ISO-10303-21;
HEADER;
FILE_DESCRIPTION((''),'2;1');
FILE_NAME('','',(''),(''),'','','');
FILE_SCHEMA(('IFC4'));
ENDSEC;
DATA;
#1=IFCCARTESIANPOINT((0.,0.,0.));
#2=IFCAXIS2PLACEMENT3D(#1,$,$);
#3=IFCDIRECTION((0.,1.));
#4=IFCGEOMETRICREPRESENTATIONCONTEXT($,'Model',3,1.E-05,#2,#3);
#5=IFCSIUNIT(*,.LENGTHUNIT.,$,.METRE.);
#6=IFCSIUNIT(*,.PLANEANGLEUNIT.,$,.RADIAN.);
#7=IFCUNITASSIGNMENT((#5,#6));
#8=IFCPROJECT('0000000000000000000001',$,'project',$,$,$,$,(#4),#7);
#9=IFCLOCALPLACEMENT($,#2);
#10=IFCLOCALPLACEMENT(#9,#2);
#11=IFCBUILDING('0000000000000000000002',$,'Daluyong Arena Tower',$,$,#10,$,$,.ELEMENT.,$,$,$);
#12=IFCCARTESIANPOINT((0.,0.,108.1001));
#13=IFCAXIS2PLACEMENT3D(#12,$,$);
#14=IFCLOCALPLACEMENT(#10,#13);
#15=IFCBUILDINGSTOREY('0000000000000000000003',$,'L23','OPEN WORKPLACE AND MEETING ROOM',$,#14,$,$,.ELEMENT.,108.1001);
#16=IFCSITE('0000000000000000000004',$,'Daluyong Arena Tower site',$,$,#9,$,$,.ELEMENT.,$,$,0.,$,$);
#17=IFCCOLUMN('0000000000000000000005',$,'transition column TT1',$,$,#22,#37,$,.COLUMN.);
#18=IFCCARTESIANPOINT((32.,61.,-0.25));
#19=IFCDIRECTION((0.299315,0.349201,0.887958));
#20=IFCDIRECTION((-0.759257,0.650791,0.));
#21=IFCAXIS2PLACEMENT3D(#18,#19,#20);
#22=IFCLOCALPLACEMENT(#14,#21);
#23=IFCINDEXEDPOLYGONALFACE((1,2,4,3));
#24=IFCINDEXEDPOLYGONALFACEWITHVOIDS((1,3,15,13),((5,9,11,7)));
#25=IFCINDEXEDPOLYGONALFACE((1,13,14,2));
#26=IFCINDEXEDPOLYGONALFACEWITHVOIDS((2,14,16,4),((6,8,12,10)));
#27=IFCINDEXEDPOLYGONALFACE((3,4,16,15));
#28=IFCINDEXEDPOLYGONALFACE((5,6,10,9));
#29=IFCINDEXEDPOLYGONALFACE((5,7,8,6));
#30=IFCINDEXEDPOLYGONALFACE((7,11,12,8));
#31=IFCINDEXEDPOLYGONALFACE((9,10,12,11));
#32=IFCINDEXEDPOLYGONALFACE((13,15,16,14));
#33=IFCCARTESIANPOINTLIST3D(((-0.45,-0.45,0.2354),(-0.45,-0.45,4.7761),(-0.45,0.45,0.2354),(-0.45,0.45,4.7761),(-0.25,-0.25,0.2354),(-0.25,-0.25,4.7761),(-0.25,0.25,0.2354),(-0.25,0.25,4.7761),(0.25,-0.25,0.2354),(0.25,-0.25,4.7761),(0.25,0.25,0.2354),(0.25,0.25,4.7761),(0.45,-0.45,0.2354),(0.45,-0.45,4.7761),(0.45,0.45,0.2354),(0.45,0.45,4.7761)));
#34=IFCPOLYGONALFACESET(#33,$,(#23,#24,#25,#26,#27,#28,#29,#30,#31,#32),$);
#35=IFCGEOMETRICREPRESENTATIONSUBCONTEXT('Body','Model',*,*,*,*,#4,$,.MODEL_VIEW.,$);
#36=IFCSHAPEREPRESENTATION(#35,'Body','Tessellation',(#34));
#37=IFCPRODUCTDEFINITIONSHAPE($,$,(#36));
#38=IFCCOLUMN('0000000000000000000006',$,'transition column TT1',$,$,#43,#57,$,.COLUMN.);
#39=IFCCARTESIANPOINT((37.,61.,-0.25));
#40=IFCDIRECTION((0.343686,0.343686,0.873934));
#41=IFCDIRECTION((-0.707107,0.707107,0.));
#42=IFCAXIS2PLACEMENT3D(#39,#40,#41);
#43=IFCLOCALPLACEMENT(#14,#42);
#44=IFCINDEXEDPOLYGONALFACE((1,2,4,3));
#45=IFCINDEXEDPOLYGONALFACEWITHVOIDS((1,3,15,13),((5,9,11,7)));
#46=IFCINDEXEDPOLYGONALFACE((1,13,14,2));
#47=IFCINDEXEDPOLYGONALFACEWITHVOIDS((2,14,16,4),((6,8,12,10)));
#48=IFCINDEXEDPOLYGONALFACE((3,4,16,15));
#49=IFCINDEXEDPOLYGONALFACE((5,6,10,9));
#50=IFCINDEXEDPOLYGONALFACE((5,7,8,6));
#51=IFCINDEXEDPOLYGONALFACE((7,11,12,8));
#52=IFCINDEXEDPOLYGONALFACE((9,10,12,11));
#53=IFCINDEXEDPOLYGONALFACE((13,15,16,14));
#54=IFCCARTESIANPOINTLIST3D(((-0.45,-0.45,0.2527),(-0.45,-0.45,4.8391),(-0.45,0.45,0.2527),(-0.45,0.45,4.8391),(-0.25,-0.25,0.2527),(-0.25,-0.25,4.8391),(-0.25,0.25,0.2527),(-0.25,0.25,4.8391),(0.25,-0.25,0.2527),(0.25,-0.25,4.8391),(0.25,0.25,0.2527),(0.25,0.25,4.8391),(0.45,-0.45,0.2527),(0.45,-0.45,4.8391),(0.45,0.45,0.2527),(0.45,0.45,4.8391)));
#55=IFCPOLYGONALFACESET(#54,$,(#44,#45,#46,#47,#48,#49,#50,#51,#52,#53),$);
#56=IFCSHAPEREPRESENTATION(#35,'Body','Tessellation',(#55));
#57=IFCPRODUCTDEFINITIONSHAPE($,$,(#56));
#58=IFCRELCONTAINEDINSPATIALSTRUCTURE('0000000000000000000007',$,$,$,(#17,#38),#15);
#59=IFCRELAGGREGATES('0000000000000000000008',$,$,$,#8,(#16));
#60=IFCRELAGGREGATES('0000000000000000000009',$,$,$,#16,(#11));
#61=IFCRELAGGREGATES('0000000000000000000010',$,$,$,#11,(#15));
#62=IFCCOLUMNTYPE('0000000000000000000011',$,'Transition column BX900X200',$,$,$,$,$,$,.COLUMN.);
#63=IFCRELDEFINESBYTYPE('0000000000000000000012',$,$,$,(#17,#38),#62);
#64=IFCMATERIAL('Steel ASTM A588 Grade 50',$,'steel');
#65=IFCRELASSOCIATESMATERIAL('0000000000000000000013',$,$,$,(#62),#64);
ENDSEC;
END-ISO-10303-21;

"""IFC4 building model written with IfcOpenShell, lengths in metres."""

from ifc_helpers import new_model, si_unit, direction, frame, origin, origin_2d, place, context, subcontext, project, spatial, hollow_rectangle, extrude, clip, halfspace, material, material_profile, profile_set, type_object, element, save


model = new_model("IFC4")

# Units and contexts
model_context = context("Model", 3, precision=1e-05, world=origin(), true_north=direction((0.0, 1.0)))
body_context = subcontext(model_context, "Body", "Model", "MODEL_VIEW")
ifc_project = project(units=[si_unit("LENGTHUNIT", "METRE"), si_unit("PLANEANGLEUNIT", "RADIAN")], contexts=[model_context])

# Site, building, storey
site_placement = place(None, origin())
site = spatial("IfcSite", under=ifc_project, at=site_placement, Name="Daluyong Arena Tower site", CompositionType="ELEMENT", RefElevation=0.0)
building_placement = place(site_placement, origin())
building = spatial("IfcBuilding", under=site, at=building_placement, Name="Daluyong Arena Tower", CompositionType="ELEMENT")
storey_placement = place(building_placement, frame((0.0, 0.0, 108.1001)))
storey = spatial("IfcBuildingStorey", under=building, at=storey_placement, Name="L23", Description="OPEN WORKPLACE AND MEETING ROOM", CompositionType="ELEMENT", Elevation=108.1001)

# Columns
ifc_material_1 = material(Name="Steel ASTM A588 Grade 50", Category="steel")
ifc_material_profile_1 = material_profile(ifc_material_1, hollow_rectangle(XDim=0.8999, YDim=0.8999, WallThickness=0.2, at=origin_2d()))
ifc_profile_set_1 = profile_set([ifc_material_profile_1], Name="Steel ASTM A588 Grade 50")
column_type_1 = type_object("IfcColumnType", Name="Transition column BX900X200", PredefinedType="COLUMN", material=ifc_profile_set_1)
column_1_placement = place(storey_placement, frame((32.0, 61.0, -0.25), z_axis=(0.299315, 0.349201, 0.887958), x_axis=(-0.759257, 0.650791, 0.0)))
element("IfcColumn", 1, at=column_1_placement, inside=storey, type_object=column_type_1, Name="transition column TT1", PredefinedType="COLUMN", context=body_context, shape_type="Clipping", body=[
    clip(clip(extrude(hollow_rectangle(XDim=0.8999, YDim=0.8999, WallThickness=0.2, at=origin_2d()), origin(), (0.0, 0.0, 1.0), 5.0115), halfspace(frame((0.0, 0.0, 0.2354), z_axis=(0.0, 0.0, 1.0), x_axis=(1.0, 0.0, 0.0)), True)), halfspace(frame((0.0, 0.0, 4.7761), z_axis=(0.0, 0.0, -1.0), x_axis=(1.0, 0.0, 0.0)), True)),
])
column_2_placement = place(storey_placement, frame((37.0, 61.0, -0.25), z_axis=(0.343686, 0.343686, 0.873934), x_axis=(-0.707107, 0.707107, 0.0)))
element("IfcColumn", 2, at=column_2_placement, inside=storey, type_object=column_type_1, Name="transition column TT1", PredefinedType="COLUMN", context=body_context, shape_type="Clipping", body=[
    clip(clip(extrude(hollow_rectangle(XDim=0.8999, YDim=0.8999, WallThickness=0.2, at=origin_2d()), origin(), (0.0, 0.0, 1.0), 5.0918), halfspace(frame((0.0, 0.0, 0.2527), z_axis=(0.0, 0.0, 1.0), x_axis=(1.0, 0.0, 0.0)), True)), halfspace(frame((0.0, 0.0, 4.8391), z_axis=(0.0, 0.0, -1.0), x_axis=(1.0, 0.0, 0.0)), True)),
])

save(model, "model.ifc")
